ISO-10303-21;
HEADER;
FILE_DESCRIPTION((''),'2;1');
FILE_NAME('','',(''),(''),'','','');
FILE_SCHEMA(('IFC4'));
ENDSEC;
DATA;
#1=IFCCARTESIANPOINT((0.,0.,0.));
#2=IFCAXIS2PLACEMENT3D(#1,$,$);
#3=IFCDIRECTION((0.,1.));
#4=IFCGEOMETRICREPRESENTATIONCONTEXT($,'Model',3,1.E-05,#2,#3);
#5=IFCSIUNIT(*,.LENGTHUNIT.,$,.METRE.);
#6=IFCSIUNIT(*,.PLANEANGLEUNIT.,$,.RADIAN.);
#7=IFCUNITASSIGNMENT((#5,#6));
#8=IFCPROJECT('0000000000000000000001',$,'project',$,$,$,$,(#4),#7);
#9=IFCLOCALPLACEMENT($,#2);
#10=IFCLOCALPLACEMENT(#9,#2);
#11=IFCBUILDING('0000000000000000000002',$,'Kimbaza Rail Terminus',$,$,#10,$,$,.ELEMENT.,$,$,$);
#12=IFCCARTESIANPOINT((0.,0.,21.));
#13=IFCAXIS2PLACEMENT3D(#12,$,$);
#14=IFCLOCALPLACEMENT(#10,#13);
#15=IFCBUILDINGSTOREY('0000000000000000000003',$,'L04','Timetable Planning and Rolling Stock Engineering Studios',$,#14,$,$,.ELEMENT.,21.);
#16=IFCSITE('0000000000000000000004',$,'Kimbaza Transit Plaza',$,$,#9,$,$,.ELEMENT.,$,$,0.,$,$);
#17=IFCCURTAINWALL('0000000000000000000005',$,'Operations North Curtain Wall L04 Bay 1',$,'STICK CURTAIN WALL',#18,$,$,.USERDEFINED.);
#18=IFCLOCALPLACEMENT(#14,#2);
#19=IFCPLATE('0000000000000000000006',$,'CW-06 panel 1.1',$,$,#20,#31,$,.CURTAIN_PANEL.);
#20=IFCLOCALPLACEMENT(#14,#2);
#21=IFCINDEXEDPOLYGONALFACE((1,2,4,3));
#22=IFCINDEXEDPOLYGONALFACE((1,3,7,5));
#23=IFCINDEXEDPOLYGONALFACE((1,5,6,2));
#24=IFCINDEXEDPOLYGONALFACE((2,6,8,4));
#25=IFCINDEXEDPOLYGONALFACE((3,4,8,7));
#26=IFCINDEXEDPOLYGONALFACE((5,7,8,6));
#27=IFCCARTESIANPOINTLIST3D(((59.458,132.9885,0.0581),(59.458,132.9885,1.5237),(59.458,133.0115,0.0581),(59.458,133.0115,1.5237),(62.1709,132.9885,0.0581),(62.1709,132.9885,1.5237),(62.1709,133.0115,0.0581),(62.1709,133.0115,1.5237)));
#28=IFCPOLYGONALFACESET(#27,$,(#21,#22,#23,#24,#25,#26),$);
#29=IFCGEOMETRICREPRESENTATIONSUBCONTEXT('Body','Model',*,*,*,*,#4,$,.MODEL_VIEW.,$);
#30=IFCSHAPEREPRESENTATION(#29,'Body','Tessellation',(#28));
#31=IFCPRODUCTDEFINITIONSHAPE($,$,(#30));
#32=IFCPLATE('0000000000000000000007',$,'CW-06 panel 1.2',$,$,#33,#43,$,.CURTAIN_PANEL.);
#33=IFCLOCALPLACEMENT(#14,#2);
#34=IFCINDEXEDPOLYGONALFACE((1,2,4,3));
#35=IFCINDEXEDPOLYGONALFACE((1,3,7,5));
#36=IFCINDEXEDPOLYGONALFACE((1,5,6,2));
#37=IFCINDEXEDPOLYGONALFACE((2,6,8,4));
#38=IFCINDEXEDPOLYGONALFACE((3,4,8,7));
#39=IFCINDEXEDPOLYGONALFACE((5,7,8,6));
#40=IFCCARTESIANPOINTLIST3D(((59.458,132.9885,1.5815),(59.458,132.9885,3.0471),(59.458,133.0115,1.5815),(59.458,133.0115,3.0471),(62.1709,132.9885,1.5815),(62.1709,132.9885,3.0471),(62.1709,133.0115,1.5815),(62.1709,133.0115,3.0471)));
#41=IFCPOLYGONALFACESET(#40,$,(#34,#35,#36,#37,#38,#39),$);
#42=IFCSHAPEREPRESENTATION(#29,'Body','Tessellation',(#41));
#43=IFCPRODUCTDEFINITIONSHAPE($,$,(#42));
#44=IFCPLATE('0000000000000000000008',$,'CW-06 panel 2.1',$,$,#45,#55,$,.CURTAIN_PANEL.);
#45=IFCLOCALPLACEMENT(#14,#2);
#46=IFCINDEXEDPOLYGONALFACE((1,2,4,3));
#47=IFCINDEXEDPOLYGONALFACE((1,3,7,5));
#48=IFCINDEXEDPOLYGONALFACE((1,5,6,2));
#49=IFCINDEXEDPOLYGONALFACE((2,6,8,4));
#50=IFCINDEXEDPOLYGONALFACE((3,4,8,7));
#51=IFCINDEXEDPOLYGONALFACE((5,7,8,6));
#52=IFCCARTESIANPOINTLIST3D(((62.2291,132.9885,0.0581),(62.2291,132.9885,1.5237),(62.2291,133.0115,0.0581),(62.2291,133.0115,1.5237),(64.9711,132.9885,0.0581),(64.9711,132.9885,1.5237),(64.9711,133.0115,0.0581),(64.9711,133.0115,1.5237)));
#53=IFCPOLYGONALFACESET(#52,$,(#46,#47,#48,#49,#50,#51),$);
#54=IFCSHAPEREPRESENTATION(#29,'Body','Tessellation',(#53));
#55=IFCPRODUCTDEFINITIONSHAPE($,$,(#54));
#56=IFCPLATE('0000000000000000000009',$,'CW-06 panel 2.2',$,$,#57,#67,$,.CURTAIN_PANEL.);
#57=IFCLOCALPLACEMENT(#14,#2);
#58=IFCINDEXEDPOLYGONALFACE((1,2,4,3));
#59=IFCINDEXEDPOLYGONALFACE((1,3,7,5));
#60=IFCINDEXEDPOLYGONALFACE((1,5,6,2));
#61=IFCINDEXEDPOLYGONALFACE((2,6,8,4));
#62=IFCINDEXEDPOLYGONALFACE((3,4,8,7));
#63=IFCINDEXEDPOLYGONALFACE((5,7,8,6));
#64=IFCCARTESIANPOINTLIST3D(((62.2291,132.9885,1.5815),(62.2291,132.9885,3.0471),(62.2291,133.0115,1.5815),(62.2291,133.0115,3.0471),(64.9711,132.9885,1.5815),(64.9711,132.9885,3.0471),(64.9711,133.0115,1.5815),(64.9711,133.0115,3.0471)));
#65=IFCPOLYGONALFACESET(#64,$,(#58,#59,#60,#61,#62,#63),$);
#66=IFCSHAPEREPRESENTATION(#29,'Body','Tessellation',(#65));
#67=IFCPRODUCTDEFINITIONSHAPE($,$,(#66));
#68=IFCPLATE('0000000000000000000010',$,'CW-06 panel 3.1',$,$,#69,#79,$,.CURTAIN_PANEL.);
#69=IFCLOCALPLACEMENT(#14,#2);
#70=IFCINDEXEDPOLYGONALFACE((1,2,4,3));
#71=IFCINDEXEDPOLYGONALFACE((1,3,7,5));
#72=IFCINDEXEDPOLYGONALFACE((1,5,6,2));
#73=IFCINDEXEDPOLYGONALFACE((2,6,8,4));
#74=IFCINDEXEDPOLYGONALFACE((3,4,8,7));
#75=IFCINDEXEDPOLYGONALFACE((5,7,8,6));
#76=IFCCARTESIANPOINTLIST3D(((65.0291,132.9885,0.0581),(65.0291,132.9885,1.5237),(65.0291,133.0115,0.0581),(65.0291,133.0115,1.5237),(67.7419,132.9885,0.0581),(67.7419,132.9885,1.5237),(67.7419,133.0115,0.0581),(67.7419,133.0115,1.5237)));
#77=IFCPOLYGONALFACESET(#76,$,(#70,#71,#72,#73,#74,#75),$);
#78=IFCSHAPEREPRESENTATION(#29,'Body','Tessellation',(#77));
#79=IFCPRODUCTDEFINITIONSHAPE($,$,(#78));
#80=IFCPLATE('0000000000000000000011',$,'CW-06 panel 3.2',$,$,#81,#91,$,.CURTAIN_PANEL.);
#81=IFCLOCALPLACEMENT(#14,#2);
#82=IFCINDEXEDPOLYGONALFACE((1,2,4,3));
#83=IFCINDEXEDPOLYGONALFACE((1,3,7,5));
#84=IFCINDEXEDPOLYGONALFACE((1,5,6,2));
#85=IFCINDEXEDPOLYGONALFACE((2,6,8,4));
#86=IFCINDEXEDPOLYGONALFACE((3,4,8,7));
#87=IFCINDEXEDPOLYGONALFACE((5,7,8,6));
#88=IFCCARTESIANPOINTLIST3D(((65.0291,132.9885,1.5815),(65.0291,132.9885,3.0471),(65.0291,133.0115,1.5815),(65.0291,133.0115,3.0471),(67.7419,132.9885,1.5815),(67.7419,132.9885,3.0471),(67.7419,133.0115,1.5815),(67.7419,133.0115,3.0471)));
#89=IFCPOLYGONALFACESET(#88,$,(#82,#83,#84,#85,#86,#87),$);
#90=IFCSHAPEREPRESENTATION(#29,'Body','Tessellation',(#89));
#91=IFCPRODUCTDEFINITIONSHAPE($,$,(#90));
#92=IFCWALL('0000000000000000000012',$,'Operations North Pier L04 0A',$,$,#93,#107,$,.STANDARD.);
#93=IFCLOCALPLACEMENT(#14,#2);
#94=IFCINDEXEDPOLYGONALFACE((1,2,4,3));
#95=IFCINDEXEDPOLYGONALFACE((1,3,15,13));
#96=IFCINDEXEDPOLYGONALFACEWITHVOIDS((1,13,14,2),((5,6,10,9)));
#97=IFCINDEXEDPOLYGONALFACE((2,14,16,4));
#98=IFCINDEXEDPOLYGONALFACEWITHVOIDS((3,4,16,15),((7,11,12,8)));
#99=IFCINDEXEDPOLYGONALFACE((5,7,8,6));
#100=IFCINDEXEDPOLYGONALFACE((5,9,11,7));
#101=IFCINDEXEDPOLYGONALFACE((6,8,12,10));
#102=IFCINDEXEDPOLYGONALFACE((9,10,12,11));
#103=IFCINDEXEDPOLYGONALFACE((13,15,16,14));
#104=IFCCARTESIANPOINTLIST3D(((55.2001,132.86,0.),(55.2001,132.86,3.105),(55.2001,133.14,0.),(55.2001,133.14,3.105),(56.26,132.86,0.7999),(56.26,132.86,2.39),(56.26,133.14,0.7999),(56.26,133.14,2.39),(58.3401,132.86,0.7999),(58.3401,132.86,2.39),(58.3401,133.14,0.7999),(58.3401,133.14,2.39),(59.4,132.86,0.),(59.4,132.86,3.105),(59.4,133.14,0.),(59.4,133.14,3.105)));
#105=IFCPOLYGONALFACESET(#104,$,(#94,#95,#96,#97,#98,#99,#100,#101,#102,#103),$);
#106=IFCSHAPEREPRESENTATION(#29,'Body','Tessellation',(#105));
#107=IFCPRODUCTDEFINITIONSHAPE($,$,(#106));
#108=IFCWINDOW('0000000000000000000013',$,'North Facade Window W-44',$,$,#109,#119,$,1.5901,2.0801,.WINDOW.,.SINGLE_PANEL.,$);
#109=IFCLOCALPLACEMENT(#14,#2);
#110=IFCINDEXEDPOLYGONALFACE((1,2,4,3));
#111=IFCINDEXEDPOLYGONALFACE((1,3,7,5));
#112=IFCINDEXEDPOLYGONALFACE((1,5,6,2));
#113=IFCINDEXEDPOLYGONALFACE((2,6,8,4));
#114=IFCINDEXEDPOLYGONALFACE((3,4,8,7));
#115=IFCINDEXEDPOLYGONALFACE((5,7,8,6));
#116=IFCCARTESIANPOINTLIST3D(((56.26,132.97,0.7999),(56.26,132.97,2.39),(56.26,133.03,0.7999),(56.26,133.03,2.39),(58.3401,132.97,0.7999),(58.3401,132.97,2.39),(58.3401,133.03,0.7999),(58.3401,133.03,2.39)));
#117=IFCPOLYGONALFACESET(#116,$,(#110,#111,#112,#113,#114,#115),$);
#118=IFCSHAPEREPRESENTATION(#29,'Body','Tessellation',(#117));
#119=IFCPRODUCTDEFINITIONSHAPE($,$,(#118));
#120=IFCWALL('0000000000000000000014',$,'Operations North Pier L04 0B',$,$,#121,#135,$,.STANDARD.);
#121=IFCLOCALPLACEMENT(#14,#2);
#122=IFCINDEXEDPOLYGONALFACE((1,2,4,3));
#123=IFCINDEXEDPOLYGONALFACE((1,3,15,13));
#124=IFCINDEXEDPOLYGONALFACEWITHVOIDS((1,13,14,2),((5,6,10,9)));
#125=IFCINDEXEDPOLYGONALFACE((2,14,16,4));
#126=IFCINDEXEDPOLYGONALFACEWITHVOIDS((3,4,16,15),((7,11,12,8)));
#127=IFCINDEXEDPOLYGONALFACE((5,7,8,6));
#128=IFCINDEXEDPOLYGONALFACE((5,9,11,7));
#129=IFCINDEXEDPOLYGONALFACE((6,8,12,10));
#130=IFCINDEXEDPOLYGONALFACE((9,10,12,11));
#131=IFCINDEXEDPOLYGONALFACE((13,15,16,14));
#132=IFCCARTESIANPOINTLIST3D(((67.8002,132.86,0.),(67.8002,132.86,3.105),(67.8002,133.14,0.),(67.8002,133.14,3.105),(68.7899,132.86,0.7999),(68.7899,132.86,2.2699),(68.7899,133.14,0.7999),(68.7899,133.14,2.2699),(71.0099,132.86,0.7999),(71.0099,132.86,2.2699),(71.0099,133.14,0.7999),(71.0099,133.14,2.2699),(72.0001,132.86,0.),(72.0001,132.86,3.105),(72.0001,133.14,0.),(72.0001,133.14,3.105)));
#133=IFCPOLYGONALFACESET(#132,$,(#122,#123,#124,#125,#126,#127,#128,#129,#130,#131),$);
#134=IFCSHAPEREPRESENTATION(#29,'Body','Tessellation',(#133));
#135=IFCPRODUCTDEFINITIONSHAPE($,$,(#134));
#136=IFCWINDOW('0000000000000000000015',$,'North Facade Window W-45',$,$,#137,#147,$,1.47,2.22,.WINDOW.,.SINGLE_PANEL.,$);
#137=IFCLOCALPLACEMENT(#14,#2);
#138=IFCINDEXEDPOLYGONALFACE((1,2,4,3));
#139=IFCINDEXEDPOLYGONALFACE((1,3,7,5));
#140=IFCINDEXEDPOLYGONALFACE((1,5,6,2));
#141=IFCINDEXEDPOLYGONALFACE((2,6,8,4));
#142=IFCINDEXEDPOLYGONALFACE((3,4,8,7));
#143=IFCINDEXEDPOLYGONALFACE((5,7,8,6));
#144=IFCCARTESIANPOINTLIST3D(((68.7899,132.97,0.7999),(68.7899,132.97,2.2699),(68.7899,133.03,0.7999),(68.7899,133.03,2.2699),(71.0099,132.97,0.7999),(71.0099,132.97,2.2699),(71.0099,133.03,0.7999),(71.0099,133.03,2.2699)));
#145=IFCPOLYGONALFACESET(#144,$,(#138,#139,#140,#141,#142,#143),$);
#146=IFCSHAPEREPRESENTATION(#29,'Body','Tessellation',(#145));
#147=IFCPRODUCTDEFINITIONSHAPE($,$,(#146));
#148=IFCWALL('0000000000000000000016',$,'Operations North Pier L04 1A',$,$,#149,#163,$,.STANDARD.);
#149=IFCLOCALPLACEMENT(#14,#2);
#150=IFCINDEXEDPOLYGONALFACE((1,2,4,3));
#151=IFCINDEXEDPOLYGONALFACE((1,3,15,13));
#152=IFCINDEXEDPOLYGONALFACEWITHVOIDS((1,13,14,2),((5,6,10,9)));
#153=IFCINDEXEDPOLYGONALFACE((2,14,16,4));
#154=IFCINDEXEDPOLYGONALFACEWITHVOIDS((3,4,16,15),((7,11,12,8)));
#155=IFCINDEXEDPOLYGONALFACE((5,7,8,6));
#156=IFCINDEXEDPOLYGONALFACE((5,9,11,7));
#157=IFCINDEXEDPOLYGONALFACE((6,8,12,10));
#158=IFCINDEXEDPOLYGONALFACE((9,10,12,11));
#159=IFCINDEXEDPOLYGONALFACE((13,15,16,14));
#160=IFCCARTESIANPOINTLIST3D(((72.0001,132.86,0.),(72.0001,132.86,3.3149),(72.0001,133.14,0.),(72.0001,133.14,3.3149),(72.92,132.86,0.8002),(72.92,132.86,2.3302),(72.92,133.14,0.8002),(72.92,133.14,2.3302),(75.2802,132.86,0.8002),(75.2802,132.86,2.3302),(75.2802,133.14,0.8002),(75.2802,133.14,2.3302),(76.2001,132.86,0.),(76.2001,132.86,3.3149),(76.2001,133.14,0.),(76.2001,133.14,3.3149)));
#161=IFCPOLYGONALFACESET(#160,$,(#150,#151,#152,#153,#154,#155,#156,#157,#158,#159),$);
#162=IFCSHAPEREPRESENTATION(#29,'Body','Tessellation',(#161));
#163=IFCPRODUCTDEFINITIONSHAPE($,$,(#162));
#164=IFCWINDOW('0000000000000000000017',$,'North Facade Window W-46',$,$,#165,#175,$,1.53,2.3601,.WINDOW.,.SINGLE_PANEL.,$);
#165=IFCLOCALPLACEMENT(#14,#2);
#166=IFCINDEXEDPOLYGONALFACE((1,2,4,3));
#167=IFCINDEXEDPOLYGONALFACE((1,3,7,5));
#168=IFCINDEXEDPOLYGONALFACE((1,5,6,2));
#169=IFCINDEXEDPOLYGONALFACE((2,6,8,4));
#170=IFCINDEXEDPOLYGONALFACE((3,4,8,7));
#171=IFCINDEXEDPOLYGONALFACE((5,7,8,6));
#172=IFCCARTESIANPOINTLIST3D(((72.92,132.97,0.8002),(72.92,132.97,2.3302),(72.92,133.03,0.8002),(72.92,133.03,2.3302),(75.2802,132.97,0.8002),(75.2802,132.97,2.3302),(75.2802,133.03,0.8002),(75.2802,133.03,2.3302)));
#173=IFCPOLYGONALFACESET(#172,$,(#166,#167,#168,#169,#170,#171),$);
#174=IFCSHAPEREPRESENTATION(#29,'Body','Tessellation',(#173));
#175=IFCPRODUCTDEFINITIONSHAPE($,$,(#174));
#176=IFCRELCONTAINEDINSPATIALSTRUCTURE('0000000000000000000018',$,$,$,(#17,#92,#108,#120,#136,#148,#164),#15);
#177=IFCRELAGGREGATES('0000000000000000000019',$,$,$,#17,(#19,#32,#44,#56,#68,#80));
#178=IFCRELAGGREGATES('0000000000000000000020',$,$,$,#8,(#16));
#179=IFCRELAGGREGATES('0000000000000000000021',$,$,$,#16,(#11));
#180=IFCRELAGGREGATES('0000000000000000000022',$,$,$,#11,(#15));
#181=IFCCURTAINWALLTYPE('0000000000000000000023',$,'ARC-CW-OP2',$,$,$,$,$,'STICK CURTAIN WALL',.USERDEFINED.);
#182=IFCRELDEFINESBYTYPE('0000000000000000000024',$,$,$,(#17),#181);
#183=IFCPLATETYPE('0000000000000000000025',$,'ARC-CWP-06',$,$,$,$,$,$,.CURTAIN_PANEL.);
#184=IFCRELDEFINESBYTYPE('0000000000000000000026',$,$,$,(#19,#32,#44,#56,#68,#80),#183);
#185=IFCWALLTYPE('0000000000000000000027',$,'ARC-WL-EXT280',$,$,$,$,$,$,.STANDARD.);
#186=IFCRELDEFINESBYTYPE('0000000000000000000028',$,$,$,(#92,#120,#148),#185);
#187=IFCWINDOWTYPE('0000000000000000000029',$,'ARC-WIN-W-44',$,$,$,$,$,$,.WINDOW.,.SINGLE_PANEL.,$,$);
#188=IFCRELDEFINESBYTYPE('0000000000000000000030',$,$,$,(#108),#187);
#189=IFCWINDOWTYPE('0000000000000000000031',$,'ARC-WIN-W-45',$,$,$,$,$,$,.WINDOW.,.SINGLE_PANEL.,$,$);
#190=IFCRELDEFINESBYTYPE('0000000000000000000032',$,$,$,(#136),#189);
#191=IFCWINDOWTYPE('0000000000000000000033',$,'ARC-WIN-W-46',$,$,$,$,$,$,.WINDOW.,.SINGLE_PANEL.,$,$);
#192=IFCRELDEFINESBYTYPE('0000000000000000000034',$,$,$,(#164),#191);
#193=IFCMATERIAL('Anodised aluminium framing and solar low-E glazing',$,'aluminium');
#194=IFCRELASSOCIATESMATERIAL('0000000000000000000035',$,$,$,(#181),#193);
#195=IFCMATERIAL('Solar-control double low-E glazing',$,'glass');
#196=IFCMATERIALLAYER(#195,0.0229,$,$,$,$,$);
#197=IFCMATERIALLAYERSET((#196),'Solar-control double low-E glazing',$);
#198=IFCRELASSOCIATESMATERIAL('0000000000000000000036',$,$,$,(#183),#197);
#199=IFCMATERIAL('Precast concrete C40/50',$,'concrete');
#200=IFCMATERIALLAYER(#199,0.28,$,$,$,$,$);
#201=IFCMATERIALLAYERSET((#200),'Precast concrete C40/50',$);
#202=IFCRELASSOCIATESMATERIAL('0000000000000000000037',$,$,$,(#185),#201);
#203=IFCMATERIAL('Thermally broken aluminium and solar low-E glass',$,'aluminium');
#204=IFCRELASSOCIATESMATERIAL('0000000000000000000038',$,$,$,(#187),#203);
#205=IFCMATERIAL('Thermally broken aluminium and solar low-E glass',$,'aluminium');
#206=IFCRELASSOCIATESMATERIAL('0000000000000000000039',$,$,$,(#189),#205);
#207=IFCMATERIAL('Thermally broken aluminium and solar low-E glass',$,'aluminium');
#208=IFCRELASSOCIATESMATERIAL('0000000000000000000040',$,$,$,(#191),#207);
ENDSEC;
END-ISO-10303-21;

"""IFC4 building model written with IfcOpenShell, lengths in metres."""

from ifc_helpers import new_model, si_unit, direction, frame, frame_2d, origin, origin_2d, place, context, subcontext, project, spatial, rectangle, extrude, material, layer, layer_set, type_object, element, fill, aggregate, save


model = new_model("IFC4")

# Units and contexts
model_context = context("Model", 3, precision=1e-05, world=origin(), true_north=direction((0.0, 1.0)))
body_context = subcontext(model_context, "Body", "Model", "MODEL_VIEW")
ifc_project = project(units=[si_unit("LENGTHUNIT", "METRE"), si_unit("PLANEANGLEUNIT", "RADIAN")], contexts=[model_context])

# Site, building, storey
site_placement = place(None, origin())
site = spatial("IfcSite", under=ifc_project, at=site_placement, Name="Kimbaza Transit Plaza", CompositionType="ELEMENT", RefElevation=0.0)
building_placement = place(site_placement, origin())
building = spatial("IfcBuilding", under=site, at=building_placement, Name="Kimbaza Rail Terminus", CompositionType="ELEMENT")
storey_placement = place(building_placement, frame((0.0, 0.0, 21.0)))
storey = spatial("IfcBuildingStorey", under=building, at=storey_placement, Name="L04", Description="Timetable Planning and Rolling Stock Engineering Studios", CompositionType="ELEMENT", Elevation=21.0)

# Curtain wall
ifc_material_1 = material(Name="Anodised aluminium framing and solar low-E glazing", Category="aluminium")
curtain_wall_type = type_object("IfcCurtainWallType", Name="ARC-CW-OP2", ElementType="STICK CURTAIN WALL", PredefinedType="USERDEFINED", material=ifc_material_1)
curtain_wall_1_placement = place(storey_placement, origin())
curtain_wall_1 = element("IfcCurtainWall", 1, at=curtain_wall_1_placement, inside=storey, type_object=curtain_wall_type, Name="Operations North Curtain Wall L04 Bay 1", ObjectType="STICK CURTAIN WALL", PredefinedType="USERDEFINED")

# Plates
ifc_material_2 = material(Name="Solar-control double low-E glazing", Category="glass")
ifc_layer_1 = layer(ifc_material_2, 0.0229)
ifc_layer_set_1 = layer_set([ifc_layer_1], Name="Solar-control double low-E glazing")
plate_type = type_object("IfcPlateType", Name="ARC-CWP-06", PredefinedType="CURTAIN_PANEL", material=ifc_layer_set_1)
plate_1_placement = place(storey_placement, frame((60.8145, 133.0, 0.0581), z_axis=(0.0, 0.0, 1.0), x_axis=(1.0, 0.0, 0.0)))
plate_1 = element("IfcPlate", 2, at=plate_1_placement, type_object=plate_type, Name="CW-06 panel 1.1", PredefinedType="CURTAIN_PANEL", context=body_context, shape_type="SweptSolid", body=[
    extrude(rectangle(XDim=2.7129, YDim=0.0229, at=origin_2d()), origin(), (0.0, 0.0, 1.0), 1.4656),
])
plate_2_placement = place(storey_placement, frame((60.8145, 133.0, 1.5815), z_axis=(0.0, 0.0, 1.0), x_axis=(1.0, 0.0, 0.0)))
plate_2 = element("IfcPlate", 3, at=plate_2_placement, type_object=plate_type, Name="CW-06 panel 1.2", PredefinedType="CURTAIN_PANEL", context=body_context, shape_type="SweptSolid", body=[
    extrude(rectangle(XDim=2.7129, YDim=0.0229, at=origin_2d()), origin(), (0.0, 0.0, 1.0), 1.4656),
])
plate_3_placement = place(storey_placement, frame((63.6001, 133.0, 0.0581), z_axis=(0.0, 0.0, 1.0), x_axis=(1.0, 0.0, 0.0)))
plate_3 = element("IfcPlate", 4, at=plate_3_placement, type_object=plate_type, Name="CW-06 panel 2.1", PredefinedType="CURTAIN_PANEL", context=body_context, shape_type="SweptSolid", body=[
    extrude(rectangle(XDim=2.7419, YDim=0.0229, at=origin_2d()), origin(), (0.0, 0.0, 1.0), 1.4656),
])
plate_4_placement = place(storey_placement, frame((63.6001, 133.0, 1.5815), z_axis=(0.0, 0.0, 1.0), x_axis=(1.0, 0.0, 0.0)))
plate_4 = element("IfcPlate", 5, at=plate_4_placement, type_object=plate_type, Name="CW-06 panel 2.2", PredefinedType="CURTAIN_PANEL", context=body_context, shape_type="SweptSolid", body=[
    extrude(rectangle(XDim=2.7419, YDim=0.0229, at=origin_2d()), origin(), (0.0, 0.0, 1.0), 1.4656),
])
plate_5_placement = place(storey_placement, frame((66.3855, 133.0, 0.0581), z_axis=(0.0, 0.0, 1.0), x_axis=(1.0, 0.0, 0.0)))
plate_5 = element("IfcPlate", 6, at=plate_5_placement, type_object=plate_type, Name="CW-06 panel 3.1", PredefinedType="CURTAIN_PANEL", context=body_context, shape_type="SweptSolid", body=[
    extrude(rectangle(XDim=2.7129, YDim=0.0229, at=origin_2d()), origin(), (0.0, 0.0, 1.0), 1.4656),
])
plate_6_placement = place(storey_placement, frame((66.3855, 133.0, 1.5815), z_axis=(0.0, 0.0, 1.0), x_axis=(1.0, 0.0, 0.0)))
plate_6 = element("IfcPlate", 7, at=plate_6_placement, type_object=plate_type, Name="CW-06 panel 3.2", PredefinedType="CURTAIN_PANEL", context=body_context, shape_type="SweptSolid", body=[
    extrude(rectangle(XDim=2.7129, YDim=0.0229, at=origin_2d()), origin(), (0.0, 0.0, 1.0), 1.4656),
])
aggregate(curtain_wall_1, [plate_1, plate_2, plate_3, plate_4, plate_5, plate_6])

# Walls, openings, windows
ifc_material_3 = material(Name="Precast concrete C40/50", Category="concrete")
ifc_layer_2 = layer(ifc_material_3, 0.28)
ifc_layer_set_2 = layer_set([ifc_layer_2], Name="Precast concrete C40/50")
wall_type = type_object("IfcWallType", Name="ARC-WL-EXT280", PredefinedType="STANDARD", material=ifc_layer_set_2)
wall_1_placement = place(storey_placement, frame((55.2, 133.0, 0.0), z_axis=(0.0, 0.0, 1.0), x_axis=(1.0, 0.0, 0.0)))
wall_1 = element("IfcWall", 8, at=wall_1_placement, inside=storey, type_object=wall_type, Name="Operations North Pier L04 0A", PredefinedType="STANDARD", context=body_context, shape_type="SweptSolid", body=[
    extrude(rectangle(XDim=4.2, YDim=0.28, at=frame_2d((2.1001, 0.0))), origin(), (0.0, 0.0, 1.0), 3.105),
])
opening_1_placement = place(wall_1_placement, frame((1.0601, 0.0, 0.8)))
opening_1 = element("IfcOpeningElement", 9, at=opening_1_placement, cuts=wall_1, PredefinedType="OPENING", context=body_context, shape_type="SweptSolid", body=[
    extrude(rectangle(XDim=2.0801, YDim=1.5901, at=frame_2d((1.04, 0.7949))), frame((0.0, 0.1499, 0.0), z_axis=(0.0, -1.0, 0.0), x_axis=(1.0, 0.0, 0.0)), (0.0, 0.0, 1.0), 0.3),
])
ifc_material_4 = material(Name="Thermally broken aluminium and solar low-E glass", Category="aluminium")
window_type_1 = type_object("IfcWindowType", Name="ARC-WIN-W-44", PartitioningType="SINGLE_PANEL", PredefinedType="WINDOW", material=ifc_material_4)
window_1_placement = place(opening_1_placement, origin())
window_1 = element("IfcWindow", 10, at=window_1_placement, inside=storey, type_object=window_type_1, Name="North Facade Window W-44", OverallHeight=1.5901, OverallWidth=2.0801, PartitioningType="SINGLE_PANEL", PredefinedType="WINDOW", context=body_context, shape_type="SweptSolid", body=[
    extrude(rectangle(XDim=2.0801, YDim=1.5901, at=frame_2d((1.04, 0.7949))), frame((0.0, 0.03, 0.0), z_axis=(0.0, -1.0, 0.0), x_axis=(1.0, 0.0, 0.0)), (0.0, 0.0, 1.0), 0.0601),
])
fill(opening_1, window_1)
wall_2_placement = place(storey_placement, frame((67.8, 133.0, 0.0), z_axis=(0.0, 0.0, 1.0), x_axis=(1.0, 0.0, 0.0)))
wall_2 = element("IfcWall", 11, at=wall_2_placement, inside=storey, type_object=wall_type, Name="Operations North Pier L04 0B", PredefinedType="STANDARD", context=body_context, shape_type="SweptSolid", body=[
    extrude(rectangle(XDim=4.2, YDim=0.28, at=frame_2d((2.1001, 0.0))), origin(), (0.0, 0.0, 1.0), 3.105),
])
opening_2_placement = place(wall_2_placement, frame((0.99, 0.0, 0.8)))
opening_2 = element("IfcOpeningElement", 12, at=opening_2_placement, cuts=wall_2, PredefinedType="OPENING", context=body_context, shape_type="SweptSolid", body=[
    extrude(rectangle(XDim=2.22, YDim=1.47, at=frame_2d((1.1099, 0.7349))), frame((0.0, 0.1499, 0.0), z_axis=(0.0, -1.0, 0.0), x_axis=(1.0, 0.0, 0.0)), (0.0, 0.0, 1.0), 0.3),
])
ifc_material_5 = material(Name="Thermally broken aluminium and solar low-E glass", Category="aluminium")
window_type_2 = type_object("IfcWindowType", Name="ARC-WIN-W-45", PartitioningType="SINGLE_PANEL", PredefinedType="WINDOW", material=ifc_material_5)
window_2_placement = place(opening_2_placement, origin())
window_2 = element("IfcWindow", 13, at=window_2_placement, inside=storey, type_object=window_type_2, Name="North Facade Window W-45", OverallHeight=1.47, OverallWidth=2.22, PartitioningType="SINGLE_PANEL", PredefinedType="WINDOW", context=body_context, shape_type="SweptSolid", body=[
    extrude(rectangle(XDim=2.22, YDim=1.47, at=frame_2d((1.1099, 0.7349))), frame((0.0, 0.03, 0.0), z_axis=(0.0, -1.0, 0.0), x_axis=(1.0, 0.0, 0.0)), (0.0, 0.0, 1.0), 0.0601),
])
fill(opening_2, window_2)
wall_3_placement = place(storey_placement, frame((72.0, 133.0, 0.0), z_axis=(0.0, 0.0, 1.0), x_axis=(1.0, 0.0, 0.0)))
wall_3 = element("IfcWall", 14, at=wall_3_placement, inside=storey, type_object=wall_type, Name="Operations North Pier L04 1A", PredefinedType="STANDARD", context=body_context, shape_type="SweptSolid", body=[
    extrude(rectangle(XDim=4.2, YDim=0.28, at=frame_2d((2.1001, 0.0))), origin(), (0.0, 0.0, 1.0), 3.3149),
])
opening_3_placement = place(wall_3_placement, frame((0.9199, 0.0, 0.8)))
opening_3 = element("IfcOpeningElement", 15, at=opening_3_placement, cuts=wall_3, PredefinedType="OPENING", context=body_context, shape_type="SweptSolid", body=[
    extrude(rectangle(XDim=2.3601, YDim=1.53, at=frame_2d((1.1802, 0.7651))), frame((0.0, 0.1499, 0.0), z_axis=(0.0, -1.0, 0.0), x_axis=(1.0, 0.0, 0.0)), (0.0, 0.0, 1.0), 0.3),
])
ifc_material_6 = material(Name="Thermally broken aluminium and solar low-E glass", Category="aluminium")
window_type_3 = type_object("IfcWindowType", Name="ARC-WIN-W-46", PartitioningType="SINGLE_PANEL", PredefinedType="WINDOW", material=ifc_material_6)
window_3_placement = place(opening_3_placement, origin())
window_3 = element("IfcWindow", 16, at=window_3_placement, inside=storey, type_object=window_type_3, Name="North Facade Window W-46", OverallHeight=1.53, OverallWidth=2.3601, PartitioningType="SINGLE_PANEL", PredefinedType="WINDOW", context=body_context, shape_type="SweptSolid", body=[
    extrude(rectangle(XDim=2.3601, YDim=1.53, at=frame_2d((1.1802, 0.7651))), frame((0.0, 0.03, 0.0), z_axis=(0.0, -1.0, 0.0), x_axis=(1.0, 0.0, 0.0)), (0.0, 0.0, 1.0), 0.0601),
])
fill(opening_3, window_3)

save(model, "model.ifc")
